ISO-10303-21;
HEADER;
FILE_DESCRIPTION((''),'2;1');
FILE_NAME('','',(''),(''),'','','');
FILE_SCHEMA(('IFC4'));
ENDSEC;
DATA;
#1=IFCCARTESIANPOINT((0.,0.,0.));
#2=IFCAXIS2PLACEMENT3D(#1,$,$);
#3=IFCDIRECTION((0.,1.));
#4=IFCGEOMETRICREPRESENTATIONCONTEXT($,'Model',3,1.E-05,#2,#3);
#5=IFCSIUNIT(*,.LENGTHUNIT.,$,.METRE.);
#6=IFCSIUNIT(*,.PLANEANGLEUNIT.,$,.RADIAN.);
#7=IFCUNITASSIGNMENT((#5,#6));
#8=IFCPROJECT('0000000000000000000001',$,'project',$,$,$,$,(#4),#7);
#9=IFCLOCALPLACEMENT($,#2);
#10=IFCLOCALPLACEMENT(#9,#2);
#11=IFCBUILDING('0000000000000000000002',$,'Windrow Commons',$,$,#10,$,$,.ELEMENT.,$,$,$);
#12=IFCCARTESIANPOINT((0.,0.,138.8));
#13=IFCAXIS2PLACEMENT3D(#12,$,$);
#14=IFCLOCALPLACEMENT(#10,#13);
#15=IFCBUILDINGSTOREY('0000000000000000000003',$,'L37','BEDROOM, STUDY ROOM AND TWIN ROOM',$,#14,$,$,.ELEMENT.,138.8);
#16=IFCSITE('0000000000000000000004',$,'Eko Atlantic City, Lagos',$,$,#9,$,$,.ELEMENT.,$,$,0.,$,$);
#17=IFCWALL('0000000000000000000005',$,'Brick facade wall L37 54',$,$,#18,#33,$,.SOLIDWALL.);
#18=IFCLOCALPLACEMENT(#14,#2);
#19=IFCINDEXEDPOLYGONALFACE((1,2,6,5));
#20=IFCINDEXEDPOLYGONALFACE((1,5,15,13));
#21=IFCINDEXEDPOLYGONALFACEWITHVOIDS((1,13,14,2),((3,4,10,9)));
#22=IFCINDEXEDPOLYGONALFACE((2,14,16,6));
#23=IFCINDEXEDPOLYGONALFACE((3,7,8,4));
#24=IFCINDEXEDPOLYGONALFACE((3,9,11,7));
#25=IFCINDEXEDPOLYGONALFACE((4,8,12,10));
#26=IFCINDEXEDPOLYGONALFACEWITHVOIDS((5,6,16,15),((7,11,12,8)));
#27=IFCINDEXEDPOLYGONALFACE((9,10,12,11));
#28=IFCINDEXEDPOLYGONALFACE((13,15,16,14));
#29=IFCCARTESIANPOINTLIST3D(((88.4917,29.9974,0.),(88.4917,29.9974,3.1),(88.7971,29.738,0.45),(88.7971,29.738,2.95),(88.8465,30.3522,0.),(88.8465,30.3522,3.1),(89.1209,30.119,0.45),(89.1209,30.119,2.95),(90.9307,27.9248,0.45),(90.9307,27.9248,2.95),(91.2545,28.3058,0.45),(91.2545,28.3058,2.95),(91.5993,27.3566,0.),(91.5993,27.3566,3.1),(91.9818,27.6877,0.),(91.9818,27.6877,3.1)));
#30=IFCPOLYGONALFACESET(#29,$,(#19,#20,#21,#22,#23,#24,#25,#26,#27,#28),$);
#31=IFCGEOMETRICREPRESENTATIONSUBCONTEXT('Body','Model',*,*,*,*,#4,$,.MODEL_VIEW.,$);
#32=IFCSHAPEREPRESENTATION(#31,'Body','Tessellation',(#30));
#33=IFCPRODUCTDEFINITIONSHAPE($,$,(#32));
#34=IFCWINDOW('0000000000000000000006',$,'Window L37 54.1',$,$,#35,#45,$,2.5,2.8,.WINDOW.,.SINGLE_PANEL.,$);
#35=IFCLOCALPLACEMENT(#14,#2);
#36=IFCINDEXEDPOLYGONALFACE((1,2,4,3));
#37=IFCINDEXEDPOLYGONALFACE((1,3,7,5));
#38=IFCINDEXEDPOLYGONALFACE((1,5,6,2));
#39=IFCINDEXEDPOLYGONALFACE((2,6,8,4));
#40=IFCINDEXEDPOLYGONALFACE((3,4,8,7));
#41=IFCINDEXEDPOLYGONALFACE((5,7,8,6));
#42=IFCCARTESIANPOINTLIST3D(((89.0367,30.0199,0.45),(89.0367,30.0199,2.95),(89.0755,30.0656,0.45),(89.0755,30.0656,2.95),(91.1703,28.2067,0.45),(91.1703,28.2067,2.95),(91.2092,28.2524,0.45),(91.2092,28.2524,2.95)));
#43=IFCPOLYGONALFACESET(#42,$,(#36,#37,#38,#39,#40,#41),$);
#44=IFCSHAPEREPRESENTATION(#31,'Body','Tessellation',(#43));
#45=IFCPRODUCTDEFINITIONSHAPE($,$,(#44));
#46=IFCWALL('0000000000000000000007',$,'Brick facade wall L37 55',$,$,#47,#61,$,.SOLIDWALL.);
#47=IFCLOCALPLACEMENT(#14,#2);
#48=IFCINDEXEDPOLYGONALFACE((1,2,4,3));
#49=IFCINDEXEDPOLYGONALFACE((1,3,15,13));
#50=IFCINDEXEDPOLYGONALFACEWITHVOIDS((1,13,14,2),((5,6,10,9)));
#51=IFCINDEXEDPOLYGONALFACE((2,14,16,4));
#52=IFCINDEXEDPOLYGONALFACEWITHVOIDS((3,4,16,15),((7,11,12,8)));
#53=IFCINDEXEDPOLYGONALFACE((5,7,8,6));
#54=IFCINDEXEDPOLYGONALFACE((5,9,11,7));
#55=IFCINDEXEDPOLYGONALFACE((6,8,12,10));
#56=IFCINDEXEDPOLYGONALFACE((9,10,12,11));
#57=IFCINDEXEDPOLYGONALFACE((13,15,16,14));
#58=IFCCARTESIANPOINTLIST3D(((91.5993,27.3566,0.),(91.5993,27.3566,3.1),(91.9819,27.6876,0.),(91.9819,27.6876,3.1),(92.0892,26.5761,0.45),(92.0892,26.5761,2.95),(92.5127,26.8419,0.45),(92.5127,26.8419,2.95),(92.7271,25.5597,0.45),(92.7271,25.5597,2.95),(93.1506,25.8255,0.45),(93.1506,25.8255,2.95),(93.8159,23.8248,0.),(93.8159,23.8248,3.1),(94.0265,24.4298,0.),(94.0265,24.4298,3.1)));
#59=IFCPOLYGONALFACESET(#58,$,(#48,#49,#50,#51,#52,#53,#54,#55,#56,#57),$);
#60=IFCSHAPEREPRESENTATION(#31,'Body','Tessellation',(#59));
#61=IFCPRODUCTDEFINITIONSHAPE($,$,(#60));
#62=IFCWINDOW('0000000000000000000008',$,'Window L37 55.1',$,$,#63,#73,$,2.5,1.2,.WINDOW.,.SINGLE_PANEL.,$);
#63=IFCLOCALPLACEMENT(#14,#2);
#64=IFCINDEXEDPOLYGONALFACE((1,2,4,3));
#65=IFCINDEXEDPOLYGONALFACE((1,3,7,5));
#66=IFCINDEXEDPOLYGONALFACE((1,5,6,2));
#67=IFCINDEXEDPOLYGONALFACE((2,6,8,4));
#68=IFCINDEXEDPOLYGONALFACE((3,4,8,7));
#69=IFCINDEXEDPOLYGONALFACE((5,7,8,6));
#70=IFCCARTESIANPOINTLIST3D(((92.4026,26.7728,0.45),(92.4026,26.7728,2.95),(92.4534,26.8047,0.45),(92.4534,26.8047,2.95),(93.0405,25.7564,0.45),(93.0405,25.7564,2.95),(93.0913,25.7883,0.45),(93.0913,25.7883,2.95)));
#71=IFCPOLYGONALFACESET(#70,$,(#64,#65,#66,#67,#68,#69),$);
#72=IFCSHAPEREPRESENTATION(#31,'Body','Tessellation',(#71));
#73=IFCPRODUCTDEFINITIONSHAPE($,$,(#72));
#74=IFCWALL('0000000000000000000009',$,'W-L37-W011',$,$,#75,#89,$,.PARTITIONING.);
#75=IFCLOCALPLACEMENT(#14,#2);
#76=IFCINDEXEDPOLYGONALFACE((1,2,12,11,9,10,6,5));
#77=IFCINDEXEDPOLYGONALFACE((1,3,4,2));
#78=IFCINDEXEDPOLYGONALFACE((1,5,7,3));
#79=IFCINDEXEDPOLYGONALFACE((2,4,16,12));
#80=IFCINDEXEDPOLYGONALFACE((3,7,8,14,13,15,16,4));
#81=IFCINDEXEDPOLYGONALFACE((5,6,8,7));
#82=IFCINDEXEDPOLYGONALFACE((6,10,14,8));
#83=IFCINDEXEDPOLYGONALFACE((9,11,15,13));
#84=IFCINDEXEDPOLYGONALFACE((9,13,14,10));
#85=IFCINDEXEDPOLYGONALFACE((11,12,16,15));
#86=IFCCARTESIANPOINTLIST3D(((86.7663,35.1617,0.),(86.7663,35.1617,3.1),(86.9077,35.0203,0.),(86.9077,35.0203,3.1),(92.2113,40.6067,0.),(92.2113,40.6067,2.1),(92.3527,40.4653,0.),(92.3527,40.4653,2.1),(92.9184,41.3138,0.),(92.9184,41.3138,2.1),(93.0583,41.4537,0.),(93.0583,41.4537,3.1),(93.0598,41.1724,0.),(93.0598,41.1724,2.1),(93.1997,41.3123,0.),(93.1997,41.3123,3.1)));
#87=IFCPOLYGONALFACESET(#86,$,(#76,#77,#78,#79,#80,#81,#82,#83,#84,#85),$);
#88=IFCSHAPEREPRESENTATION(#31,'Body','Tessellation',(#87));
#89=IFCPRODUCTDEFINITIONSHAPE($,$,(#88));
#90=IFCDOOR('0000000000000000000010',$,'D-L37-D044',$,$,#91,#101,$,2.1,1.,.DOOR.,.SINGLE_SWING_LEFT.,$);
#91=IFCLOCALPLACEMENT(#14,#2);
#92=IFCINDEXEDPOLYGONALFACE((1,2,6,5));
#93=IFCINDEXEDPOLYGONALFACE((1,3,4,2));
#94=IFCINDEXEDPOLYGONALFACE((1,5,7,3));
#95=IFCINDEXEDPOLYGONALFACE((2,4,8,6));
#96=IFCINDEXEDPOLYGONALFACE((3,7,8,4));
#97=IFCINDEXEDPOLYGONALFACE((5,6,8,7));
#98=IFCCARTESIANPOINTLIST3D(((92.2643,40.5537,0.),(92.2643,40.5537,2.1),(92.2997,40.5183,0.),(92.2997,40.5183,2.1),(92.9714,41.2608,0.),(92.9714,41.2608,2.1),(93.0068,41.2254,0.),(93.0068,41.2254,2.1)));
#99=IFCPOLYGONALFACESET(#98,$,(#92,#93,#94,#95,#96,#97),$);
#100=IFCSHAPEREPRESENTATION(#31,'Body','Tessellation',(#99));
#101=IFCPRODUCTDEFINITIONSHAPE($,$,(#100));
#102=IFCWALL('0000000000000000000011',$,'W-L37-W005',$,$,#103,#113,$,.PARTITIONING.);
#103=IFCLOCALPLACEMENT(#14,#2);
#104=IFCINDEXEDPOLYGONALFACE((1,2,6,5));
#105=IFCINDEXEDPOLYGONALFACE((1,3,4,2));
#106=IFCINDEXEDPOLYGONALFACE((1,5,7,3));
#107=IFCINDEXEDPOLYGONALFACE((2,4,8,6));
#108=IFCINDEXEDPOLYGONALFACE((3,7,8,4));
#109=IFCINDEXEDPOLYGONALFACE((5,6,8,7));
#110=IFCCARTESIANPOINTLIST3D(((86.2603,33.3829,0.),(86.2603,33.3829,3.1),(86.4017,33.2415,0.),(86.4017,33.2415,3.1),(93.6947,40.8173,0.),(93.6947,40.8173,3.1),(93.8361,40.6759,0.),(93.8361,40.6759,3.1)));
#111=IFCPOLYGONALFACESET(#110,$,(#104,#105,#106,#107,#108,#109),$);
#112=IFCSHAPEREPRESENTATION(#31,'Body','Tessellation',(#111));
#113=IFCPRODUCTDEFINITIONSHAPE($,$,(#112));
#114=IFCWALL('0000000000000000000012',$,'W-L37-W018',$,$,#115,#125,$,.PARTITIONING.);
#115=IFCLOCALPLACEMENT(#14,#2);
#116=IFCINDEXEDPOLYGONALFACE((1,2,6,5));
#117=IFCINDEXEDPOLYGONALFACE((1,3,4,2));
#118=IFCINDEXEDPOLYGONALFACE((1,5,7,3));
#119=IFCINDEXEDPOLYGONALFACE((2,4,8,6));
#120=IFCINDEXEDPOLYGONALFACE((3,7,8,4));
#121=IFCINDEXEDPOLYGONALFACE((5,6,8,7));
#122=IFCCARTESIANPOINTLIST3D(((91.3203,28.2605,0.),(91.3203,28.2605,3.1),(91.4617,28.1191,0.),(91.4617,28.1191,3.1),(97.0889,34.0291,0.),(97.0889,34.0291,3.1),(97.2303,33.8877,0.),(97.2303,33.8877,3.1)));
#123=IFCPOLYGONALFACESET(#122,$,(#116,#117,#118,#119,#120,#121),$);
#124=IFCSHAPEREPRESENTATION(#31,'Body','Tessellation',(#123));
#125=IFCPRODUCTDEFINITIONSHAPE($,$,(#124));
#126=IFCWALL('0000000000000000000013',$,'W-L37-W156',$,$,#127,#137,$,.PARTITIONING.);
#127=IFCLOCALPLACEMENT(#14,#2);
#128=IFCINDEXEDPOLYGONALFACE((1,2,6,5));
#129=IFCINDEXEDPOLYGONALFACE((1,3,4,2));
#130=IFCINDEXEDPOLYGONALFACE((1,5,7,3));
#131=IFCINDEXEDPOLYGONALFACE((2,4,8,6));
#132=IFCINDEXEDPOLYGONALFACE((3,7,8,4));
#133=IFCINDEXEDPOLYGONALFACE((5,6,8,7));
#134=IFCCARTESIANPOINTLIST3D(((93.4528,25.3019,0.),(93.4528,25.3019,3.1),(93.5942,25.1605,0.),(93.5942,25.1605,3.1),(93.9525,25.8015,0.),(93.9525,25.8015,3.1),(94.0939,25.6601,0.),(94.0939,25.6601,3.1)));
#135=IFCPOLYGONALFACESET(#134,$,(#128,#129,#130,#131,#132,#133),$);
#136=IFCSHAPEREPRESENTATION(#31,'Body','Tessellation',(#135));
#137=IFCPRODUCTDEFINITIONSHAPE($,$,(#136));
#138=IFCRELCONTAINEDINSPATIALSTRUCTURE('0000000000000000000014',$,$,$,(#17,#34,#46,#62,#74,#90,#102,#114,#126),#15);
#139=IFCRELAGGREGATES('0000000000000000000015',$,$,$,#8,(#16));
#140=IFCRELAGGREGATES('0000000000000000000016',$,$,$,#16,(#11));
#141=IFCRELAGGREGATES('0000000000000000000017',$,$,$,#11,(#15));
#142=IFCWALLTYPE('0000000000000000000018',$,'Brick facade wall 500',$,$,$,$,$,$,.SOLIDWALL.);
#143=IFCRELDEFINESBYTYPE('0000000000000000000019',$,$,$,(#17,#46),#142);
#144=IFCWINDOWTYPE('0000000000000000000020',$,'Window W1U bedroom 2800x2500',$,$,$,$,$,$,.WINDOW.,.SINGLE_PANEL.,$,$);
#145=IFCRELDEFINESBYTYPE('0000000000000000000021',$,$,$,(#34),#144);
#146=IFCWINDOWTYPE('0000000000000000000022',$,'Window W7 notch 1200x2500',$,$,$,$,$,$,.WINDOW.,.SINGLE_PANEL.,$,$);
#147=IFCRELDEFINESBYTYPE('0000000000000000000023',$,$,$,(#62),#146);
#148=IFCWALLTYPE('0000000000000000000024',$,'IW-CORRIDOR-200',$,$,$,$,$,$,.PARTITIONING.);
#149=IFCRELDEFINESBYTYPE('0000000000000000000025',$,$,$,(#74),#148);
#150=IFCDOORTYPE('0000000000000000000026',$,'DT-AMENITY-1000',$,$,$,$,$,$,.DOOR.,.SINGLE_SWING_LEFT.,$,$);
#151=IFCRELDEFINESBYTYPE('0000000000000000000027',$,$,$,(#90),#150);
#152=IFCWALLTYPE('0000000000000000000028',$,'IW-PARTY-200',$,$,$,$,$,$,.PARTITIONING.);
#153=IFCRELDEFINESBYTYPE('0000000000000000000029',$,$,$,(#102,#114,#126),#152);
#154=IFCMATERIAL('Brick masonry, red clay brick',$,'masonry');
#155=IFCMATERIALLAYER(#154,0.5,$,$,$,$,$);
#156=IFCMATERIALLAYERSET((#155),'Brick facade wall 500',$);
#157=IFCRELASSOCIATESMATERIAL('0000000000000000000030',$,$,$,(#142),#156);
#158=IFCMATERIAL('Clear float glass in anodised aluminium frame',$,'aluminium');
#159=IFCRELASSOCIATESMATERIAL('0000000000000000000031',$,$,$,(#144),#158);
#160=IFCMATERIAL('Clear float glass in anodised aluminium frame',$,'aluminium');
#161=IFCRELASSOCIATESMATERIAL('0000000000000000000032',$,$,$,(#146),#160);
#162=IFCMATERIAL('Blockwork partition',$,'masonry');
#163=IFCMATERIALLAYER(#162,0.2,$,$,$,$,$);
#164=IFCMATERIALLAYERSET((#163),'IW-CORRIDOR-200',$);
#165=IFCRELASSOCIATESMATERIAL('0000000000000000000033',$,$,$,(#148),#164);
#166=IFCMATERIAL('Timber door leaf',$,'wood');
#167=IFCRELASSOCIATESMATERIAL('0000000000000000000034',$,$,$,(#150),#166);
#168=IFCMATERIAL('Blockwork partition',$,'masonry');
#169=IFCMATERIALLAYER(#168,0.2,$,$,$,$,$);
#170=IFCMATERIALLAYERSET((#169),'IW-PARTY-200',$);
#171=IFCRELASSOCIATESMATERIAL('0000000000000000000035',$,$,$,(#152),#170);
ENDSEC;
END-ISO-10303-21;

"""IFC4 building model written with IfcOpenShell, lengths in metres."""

from ifc_helpers import new_model, si_unit, direction, frame, frame_2d, origin, place, context, subcontext, project, spatial, polyline, rectangle, outline, extrude, material, layer, layer_set, type_object, element, fill, save


model = new_model("IFC4")

# Units and contexts
model_context = context("Model", 3, precision=1e-05, world=origin(), true_north=direction((0.0, 1.0)))
body_context = subcontext(model_context, "Body", "Model", "MODEL_VIEW")
ifc_project = project(units=[si_unit("LENGTHUNIT", "METRE"), si_unit("PLANEANGLEUNIT", "RADIAN")], contexts=[model_context])

# Site, building, storey
site_placement = place(None, origin())
site = spatial("IfcSite", under=ifc_project, at=site_placement, Name="Eko Atlantic City, Lagos", CompositionType="ELEMENT", RefElevation=0.0)
building_placement = place(site_placement, origin())
building = spatial("IfcBuilding", under=site, at=building_placement, Name="Windrow Commons", CompositionType="ELEMENT")
storey_placement = place(building_placement, frame((0.0, 0.0, 138.8)))
storey = spatial("IfcBuildingStorey", under=building, at=storey_placement, Name="L37", Description="BEDROOM, STUDY ROOM AND TWIN ROOM", CompositionType="ELEMENT", Elevation=138.8)

# Shared definitions
ifc_material_1 = material(Name="Brick masonry, red clay brick", Category="masonry")
ifc_layer_1 = layer(ifc_material_1, 0.5)
ifc_layer_set_1 = layer_set([ifc_layer_1], Name="Brick facade wall 500")
wall_type_1 = type_object("IfcWallType", Name="Brick facade wall 500", PredefinedType="SOLIDWALL", material=ifc_layer_set_1)
ifc_material_2 = material(Name="Clear float glass in anodised aluminium frame", Category="aluminium")
window_type_1 = type_object("IfcWindowType", Name="Window W1U bedroom 2800x2500", PartitioningType="SINGLE_PANEL", PredefinedType="WINDOW", material=ifc_material_2)
ifc_material_3 = material(Name="Clear float glass in anodised aluminium frame", Category="aluminium")
window_type_2 = type_object("IfcWindowType", Name="Window W7 notch 1200x2500", PartitioningType="SINGLE_PANEL", PredefinedType="WINDOW", material=ifc_material_3)

# Walls, openings, windows
wall_1_placement = place(storey_placement, frame((88.6691, 30.1748, 0.0), z_axis=(0.0, 0.0, 1.0), x_axis=(0.762009, -0.647567, 0.0)))
wall_1 = element("IfcWall", 1, at=wall_1_placement, inside=storey, type_object=wall_type_1, Name="Brick facade wall L37 54", PredefinedType="SOLIDWALL", context=body_context, shape_type="SweptSolid", body=[
    extrude(outline(polyline([(-0.0203, -0.25), (4.0578, -0.25), (4.1349, 0.25), (0.0203, 0.25), (-0.0203, -0.25)])), origin(), (0.0, 0.0, 1.0), 3.1),
])
opening_1_placement = place(wall_1_placement, frame((0.3804, 0.0, 0.45)))
opening_1 = element("IfcOpeningElement", 2, at=opening_1_placement, cuts=wall_1, PredefinedType="OPENING", context=body_context, shape_type="SweptSolid", body=[
    extrude(rectangle(XDim=2.8, YDim=2.5, at=frame_2d((1.4, 1.25))), frame((0.0, 0.26, 0.0), z_axis=(0.0, -1.0, 0.0), x_axis=(1.0, 0.0, 0.0)), (0.0, 0.0, 1.0), 0.52),
])
window_1_placement = place(opening_1_placement, origin())
window_1 = element("IfcWindow", 3, at=window_1_placement, inside=storey, type_object=window_type_1, Name="Window L37 54.1", OverallHeight=2.5, OverallWidth=2.8, PartitioningType="SINGLE_PANEL", PredefinedType="WINDOW", context=body_context, shape_type="SweptSolid", body=[
    extrude(rectangle(XDim=2.8, YDim=2.5, at=frame_2d((1.4, 1.25))), frame((0.0, 0.18, 0.0), z_axis=(0.0, -1.0, 0.0), x_axis=(1.0, 0.0, 0.0)), (0.0, 0.0, 1.0), 0.06),
])
fill(opening_1, window_1)
wall_2_placement = place(storey_placement, frame((91.7906, 27.5221, 0.0), z_axis=(0.0, 0.0, 1.0), x_axis=(0.531586, -0.847004, 0.0)))
wall_2 = element("IfcWall", 4, at=wall_2_placement, inside=storey, type_object=wall_type_1, Name="Brick facade wall L37 55", PredefinedType="SOLIDWALL", context=body_context, shape_type="SweptSolid", body=[
    extrude(outline(polyline([(0.0385, -0.25), (4.2083, -0.25), (3.8078, 0.25), (-0.0385, 0.25), (0.0385, -0.25)])), origin(), (0.0, 0.0, 1.0), 3.1),
])
opening_2_placement = place(wall_2_placement, frame((0.96, 0.0, 0.45)))
opening_2 = element("IfcOpeningElement", 5, at=opening_2_placement, cuts=wall_2, PredefinedType="OPENING", context=body_context, shape_type="SweptSolid", body=[
    extrude(rectangle(XDim=1.2, YDim=2.5, at=frame_2d((0.6, 1.25))), frame((0.0, 0.26, 0.0), z_axis=(0.0, -1.0, 0.0), x_axis=(1.0, 0.0, 0.0)), (0.0, 0.0, 1.0), 0.52),
])
window_2_placement = place(opening_2_placement, origin())
window_2 = element("IfcWindow", 6, at=window_2_placement, inside=storey, type_object=window_type_2, Name="Window L37 55.1", OverallHeight=2.5, OverallWidth=1.2, PartitioningType="SINGLE_PANEL", PredefinedType="WINDOW", context=body_context, shape_type="SweptSolid", body=[
    extrude(rectangle(XDim=1.2, YDim=2.5, at=frame_2d((0.6, 1.25))), frame((0.0, 0.18, 0.0), z_axis=(0.0, -1.0, 0.0), x_axis=(1.0, 0.0, 0.0)), (0.0, 0.0, 1.0), 0.06),
])
fill(opening_2, window_2)

# Wall, opening, door
ifc_material_4 = material(Name="Blockwork partition", Category="masonry")
ifc_layer_2 = layer(ifc_material_4, 0.2)
ifc_layer_set_2 = layer_set([ifc_layer_2], Name="IW-CORRIDOR-200")
wall_type_2 = type_object("IfcWallType", Name="IW-CORRIDOR-200", PredefinedType="PARTITIONING", material=ifc_layer_set_2)
wall_3_placement = place(storey_placement, frame((86.837, 35.091, 0.0), z_axis=(0.0, 0.0, 1.0), x_axis=(0.707107, 0.707107, 0.0)))
wall_3 = element("IfcWall", 7, at=wall_3_placement, inside=storey, type_object=wall_type_2, Name="W-L37-W011", PredefinedType="PARTITIONING", context=body_context, shape_type="SweptSolid", body=[
    extrude(rectangle(XDim=8.8982, YDim=0.2, at=frame_2d((4.4491, 0.0))), origin(), (0.0, 0.0, 1.0), 3.1),
])
opening_3_placement = place(wall_3_placement, frame((7.7004, 0.0, 0.0)))
opening_3 = element("IfcOpeningElement", 8, at=opening_3_placement, cuts=wall_3, PredefinedType="OPENING", context=body_context, shape_type="SweptSolid", body=[
    extrude(rectangle(XDim=1.0, YDim=2.1, at=frame_2d((0.5, 1.05))), frame((0.0, 0.11, 0.0), z_axis=(0.0, -1.0, 0.0), x_axis=(1.0, 0.0, 0.0)), (0.0, 0.0, 1.0), 0.22),
])
ifc_material_5 = material(Name="Timber door leaf", Category="wood")
door_type = type_object("IfcDoorType", Name="DT-AMENITY-1000", OperationType="SINGLE_SWING_LEFT", PredefinedType="DOOR", material=ifc_material_5)
door_placement = place(opening_3_placement, origin())
door = element("IfcDoor", 9, at=door_placement, inside=storey, type_object=door_type, Name="D-L37-D044", OperationType="SINGLE_SWING_LEFT", OverallHeight=2.1, OverallWidth=1.0, PredefinedType="DOOR", context=body_context, shape_type="SweptSolid", body=[
    extrude(rectangle(XDim=1.0, YDim=2.1, at=frame_2d((0.5, 1.05))), frame((0.0, 0.025, 0.0), z_axis=(0.0, -1.0, 0.0), x_axis=(1.0, 0.0, 0.0)), (0.0, 0.0, 1.0), 0.05),
])
fill(opening_3, door)

# Walls
ifc_material_6 = material(Name="Blockwork partition", Category="masonry")
ifc_layer_3 = layer(ifc_material_6, 0.2)
ifc_layer_set_3 = layer_set([ifc_layer_3], Name="IW-PARTY-200")
wall_type_3 = type_object("IfcWallType", Name="IW-PARTY-200", PredefinedType="PARTITIONING", material=ifc_layer_set_3)
wall_4_placement = place(storey_placement, frame((86.331, 33.3122, 0.0), z_axis=(0.0, 0.0, 1.0), x_axis=(0.707107, 0.707107, 0.0)))
element("IfcWall", 10, at=wall_4_placement, inside=storey, type_object=wall_type_3, Name="W-L37-W005", PredefinedType="PARTITIONING", context=body_context, shape_type="SweptSolid", body=[
    extrude(rectangle(XDim=10.5138, YDim=0.2, at=frame_2d((5.2569, 0.0))), origin(), (0.0, 0.0, 1.0), 3.1),
])
wall_5_placement = place(storey_placement, frame((91.391, 28.1898, 0.0), z_axis=(0.0, 0.0, 1.0), x_axis=(0.707107, 0.707107, 0.0)))
element("IfcWall", 11, at=wall_5_placement, inside=storey, type_object=wall_type_3, Name="W-L37-W018", PredefinedType="PARTITIONING", context=body_context, shape_type="SweptSolid", body=[
    extrude(rectangle(XDim=8.158, YDim=0.2, at=frame_2d((4.079, 0.0))), origin(), (0.0, 0.0, 1.0), 3.1),
])
wall_6_placement = place(storey_placement, frame((93.5235, 25.2312, 0.0), z_axis=(0.0, 0.0, 1.0), x_axis=(0.707178, 0.707036, 0.0)))
element("IfcWall", 12, at=wall_6_placement, inside=storey, type_object=wall_type_3, Name="W-L37-W156", PredefinedType="PARTITIONING", context=body_context, shape_type="SweptSolid", body=[
    extrude(rectangle(XDim=0.7066, YDim=0.2, at=frame_2d((0.3533, 0.0))), origin(), (0.0, 0.0, 1.0), 3.1),
])

save(model, "model.ifc")
